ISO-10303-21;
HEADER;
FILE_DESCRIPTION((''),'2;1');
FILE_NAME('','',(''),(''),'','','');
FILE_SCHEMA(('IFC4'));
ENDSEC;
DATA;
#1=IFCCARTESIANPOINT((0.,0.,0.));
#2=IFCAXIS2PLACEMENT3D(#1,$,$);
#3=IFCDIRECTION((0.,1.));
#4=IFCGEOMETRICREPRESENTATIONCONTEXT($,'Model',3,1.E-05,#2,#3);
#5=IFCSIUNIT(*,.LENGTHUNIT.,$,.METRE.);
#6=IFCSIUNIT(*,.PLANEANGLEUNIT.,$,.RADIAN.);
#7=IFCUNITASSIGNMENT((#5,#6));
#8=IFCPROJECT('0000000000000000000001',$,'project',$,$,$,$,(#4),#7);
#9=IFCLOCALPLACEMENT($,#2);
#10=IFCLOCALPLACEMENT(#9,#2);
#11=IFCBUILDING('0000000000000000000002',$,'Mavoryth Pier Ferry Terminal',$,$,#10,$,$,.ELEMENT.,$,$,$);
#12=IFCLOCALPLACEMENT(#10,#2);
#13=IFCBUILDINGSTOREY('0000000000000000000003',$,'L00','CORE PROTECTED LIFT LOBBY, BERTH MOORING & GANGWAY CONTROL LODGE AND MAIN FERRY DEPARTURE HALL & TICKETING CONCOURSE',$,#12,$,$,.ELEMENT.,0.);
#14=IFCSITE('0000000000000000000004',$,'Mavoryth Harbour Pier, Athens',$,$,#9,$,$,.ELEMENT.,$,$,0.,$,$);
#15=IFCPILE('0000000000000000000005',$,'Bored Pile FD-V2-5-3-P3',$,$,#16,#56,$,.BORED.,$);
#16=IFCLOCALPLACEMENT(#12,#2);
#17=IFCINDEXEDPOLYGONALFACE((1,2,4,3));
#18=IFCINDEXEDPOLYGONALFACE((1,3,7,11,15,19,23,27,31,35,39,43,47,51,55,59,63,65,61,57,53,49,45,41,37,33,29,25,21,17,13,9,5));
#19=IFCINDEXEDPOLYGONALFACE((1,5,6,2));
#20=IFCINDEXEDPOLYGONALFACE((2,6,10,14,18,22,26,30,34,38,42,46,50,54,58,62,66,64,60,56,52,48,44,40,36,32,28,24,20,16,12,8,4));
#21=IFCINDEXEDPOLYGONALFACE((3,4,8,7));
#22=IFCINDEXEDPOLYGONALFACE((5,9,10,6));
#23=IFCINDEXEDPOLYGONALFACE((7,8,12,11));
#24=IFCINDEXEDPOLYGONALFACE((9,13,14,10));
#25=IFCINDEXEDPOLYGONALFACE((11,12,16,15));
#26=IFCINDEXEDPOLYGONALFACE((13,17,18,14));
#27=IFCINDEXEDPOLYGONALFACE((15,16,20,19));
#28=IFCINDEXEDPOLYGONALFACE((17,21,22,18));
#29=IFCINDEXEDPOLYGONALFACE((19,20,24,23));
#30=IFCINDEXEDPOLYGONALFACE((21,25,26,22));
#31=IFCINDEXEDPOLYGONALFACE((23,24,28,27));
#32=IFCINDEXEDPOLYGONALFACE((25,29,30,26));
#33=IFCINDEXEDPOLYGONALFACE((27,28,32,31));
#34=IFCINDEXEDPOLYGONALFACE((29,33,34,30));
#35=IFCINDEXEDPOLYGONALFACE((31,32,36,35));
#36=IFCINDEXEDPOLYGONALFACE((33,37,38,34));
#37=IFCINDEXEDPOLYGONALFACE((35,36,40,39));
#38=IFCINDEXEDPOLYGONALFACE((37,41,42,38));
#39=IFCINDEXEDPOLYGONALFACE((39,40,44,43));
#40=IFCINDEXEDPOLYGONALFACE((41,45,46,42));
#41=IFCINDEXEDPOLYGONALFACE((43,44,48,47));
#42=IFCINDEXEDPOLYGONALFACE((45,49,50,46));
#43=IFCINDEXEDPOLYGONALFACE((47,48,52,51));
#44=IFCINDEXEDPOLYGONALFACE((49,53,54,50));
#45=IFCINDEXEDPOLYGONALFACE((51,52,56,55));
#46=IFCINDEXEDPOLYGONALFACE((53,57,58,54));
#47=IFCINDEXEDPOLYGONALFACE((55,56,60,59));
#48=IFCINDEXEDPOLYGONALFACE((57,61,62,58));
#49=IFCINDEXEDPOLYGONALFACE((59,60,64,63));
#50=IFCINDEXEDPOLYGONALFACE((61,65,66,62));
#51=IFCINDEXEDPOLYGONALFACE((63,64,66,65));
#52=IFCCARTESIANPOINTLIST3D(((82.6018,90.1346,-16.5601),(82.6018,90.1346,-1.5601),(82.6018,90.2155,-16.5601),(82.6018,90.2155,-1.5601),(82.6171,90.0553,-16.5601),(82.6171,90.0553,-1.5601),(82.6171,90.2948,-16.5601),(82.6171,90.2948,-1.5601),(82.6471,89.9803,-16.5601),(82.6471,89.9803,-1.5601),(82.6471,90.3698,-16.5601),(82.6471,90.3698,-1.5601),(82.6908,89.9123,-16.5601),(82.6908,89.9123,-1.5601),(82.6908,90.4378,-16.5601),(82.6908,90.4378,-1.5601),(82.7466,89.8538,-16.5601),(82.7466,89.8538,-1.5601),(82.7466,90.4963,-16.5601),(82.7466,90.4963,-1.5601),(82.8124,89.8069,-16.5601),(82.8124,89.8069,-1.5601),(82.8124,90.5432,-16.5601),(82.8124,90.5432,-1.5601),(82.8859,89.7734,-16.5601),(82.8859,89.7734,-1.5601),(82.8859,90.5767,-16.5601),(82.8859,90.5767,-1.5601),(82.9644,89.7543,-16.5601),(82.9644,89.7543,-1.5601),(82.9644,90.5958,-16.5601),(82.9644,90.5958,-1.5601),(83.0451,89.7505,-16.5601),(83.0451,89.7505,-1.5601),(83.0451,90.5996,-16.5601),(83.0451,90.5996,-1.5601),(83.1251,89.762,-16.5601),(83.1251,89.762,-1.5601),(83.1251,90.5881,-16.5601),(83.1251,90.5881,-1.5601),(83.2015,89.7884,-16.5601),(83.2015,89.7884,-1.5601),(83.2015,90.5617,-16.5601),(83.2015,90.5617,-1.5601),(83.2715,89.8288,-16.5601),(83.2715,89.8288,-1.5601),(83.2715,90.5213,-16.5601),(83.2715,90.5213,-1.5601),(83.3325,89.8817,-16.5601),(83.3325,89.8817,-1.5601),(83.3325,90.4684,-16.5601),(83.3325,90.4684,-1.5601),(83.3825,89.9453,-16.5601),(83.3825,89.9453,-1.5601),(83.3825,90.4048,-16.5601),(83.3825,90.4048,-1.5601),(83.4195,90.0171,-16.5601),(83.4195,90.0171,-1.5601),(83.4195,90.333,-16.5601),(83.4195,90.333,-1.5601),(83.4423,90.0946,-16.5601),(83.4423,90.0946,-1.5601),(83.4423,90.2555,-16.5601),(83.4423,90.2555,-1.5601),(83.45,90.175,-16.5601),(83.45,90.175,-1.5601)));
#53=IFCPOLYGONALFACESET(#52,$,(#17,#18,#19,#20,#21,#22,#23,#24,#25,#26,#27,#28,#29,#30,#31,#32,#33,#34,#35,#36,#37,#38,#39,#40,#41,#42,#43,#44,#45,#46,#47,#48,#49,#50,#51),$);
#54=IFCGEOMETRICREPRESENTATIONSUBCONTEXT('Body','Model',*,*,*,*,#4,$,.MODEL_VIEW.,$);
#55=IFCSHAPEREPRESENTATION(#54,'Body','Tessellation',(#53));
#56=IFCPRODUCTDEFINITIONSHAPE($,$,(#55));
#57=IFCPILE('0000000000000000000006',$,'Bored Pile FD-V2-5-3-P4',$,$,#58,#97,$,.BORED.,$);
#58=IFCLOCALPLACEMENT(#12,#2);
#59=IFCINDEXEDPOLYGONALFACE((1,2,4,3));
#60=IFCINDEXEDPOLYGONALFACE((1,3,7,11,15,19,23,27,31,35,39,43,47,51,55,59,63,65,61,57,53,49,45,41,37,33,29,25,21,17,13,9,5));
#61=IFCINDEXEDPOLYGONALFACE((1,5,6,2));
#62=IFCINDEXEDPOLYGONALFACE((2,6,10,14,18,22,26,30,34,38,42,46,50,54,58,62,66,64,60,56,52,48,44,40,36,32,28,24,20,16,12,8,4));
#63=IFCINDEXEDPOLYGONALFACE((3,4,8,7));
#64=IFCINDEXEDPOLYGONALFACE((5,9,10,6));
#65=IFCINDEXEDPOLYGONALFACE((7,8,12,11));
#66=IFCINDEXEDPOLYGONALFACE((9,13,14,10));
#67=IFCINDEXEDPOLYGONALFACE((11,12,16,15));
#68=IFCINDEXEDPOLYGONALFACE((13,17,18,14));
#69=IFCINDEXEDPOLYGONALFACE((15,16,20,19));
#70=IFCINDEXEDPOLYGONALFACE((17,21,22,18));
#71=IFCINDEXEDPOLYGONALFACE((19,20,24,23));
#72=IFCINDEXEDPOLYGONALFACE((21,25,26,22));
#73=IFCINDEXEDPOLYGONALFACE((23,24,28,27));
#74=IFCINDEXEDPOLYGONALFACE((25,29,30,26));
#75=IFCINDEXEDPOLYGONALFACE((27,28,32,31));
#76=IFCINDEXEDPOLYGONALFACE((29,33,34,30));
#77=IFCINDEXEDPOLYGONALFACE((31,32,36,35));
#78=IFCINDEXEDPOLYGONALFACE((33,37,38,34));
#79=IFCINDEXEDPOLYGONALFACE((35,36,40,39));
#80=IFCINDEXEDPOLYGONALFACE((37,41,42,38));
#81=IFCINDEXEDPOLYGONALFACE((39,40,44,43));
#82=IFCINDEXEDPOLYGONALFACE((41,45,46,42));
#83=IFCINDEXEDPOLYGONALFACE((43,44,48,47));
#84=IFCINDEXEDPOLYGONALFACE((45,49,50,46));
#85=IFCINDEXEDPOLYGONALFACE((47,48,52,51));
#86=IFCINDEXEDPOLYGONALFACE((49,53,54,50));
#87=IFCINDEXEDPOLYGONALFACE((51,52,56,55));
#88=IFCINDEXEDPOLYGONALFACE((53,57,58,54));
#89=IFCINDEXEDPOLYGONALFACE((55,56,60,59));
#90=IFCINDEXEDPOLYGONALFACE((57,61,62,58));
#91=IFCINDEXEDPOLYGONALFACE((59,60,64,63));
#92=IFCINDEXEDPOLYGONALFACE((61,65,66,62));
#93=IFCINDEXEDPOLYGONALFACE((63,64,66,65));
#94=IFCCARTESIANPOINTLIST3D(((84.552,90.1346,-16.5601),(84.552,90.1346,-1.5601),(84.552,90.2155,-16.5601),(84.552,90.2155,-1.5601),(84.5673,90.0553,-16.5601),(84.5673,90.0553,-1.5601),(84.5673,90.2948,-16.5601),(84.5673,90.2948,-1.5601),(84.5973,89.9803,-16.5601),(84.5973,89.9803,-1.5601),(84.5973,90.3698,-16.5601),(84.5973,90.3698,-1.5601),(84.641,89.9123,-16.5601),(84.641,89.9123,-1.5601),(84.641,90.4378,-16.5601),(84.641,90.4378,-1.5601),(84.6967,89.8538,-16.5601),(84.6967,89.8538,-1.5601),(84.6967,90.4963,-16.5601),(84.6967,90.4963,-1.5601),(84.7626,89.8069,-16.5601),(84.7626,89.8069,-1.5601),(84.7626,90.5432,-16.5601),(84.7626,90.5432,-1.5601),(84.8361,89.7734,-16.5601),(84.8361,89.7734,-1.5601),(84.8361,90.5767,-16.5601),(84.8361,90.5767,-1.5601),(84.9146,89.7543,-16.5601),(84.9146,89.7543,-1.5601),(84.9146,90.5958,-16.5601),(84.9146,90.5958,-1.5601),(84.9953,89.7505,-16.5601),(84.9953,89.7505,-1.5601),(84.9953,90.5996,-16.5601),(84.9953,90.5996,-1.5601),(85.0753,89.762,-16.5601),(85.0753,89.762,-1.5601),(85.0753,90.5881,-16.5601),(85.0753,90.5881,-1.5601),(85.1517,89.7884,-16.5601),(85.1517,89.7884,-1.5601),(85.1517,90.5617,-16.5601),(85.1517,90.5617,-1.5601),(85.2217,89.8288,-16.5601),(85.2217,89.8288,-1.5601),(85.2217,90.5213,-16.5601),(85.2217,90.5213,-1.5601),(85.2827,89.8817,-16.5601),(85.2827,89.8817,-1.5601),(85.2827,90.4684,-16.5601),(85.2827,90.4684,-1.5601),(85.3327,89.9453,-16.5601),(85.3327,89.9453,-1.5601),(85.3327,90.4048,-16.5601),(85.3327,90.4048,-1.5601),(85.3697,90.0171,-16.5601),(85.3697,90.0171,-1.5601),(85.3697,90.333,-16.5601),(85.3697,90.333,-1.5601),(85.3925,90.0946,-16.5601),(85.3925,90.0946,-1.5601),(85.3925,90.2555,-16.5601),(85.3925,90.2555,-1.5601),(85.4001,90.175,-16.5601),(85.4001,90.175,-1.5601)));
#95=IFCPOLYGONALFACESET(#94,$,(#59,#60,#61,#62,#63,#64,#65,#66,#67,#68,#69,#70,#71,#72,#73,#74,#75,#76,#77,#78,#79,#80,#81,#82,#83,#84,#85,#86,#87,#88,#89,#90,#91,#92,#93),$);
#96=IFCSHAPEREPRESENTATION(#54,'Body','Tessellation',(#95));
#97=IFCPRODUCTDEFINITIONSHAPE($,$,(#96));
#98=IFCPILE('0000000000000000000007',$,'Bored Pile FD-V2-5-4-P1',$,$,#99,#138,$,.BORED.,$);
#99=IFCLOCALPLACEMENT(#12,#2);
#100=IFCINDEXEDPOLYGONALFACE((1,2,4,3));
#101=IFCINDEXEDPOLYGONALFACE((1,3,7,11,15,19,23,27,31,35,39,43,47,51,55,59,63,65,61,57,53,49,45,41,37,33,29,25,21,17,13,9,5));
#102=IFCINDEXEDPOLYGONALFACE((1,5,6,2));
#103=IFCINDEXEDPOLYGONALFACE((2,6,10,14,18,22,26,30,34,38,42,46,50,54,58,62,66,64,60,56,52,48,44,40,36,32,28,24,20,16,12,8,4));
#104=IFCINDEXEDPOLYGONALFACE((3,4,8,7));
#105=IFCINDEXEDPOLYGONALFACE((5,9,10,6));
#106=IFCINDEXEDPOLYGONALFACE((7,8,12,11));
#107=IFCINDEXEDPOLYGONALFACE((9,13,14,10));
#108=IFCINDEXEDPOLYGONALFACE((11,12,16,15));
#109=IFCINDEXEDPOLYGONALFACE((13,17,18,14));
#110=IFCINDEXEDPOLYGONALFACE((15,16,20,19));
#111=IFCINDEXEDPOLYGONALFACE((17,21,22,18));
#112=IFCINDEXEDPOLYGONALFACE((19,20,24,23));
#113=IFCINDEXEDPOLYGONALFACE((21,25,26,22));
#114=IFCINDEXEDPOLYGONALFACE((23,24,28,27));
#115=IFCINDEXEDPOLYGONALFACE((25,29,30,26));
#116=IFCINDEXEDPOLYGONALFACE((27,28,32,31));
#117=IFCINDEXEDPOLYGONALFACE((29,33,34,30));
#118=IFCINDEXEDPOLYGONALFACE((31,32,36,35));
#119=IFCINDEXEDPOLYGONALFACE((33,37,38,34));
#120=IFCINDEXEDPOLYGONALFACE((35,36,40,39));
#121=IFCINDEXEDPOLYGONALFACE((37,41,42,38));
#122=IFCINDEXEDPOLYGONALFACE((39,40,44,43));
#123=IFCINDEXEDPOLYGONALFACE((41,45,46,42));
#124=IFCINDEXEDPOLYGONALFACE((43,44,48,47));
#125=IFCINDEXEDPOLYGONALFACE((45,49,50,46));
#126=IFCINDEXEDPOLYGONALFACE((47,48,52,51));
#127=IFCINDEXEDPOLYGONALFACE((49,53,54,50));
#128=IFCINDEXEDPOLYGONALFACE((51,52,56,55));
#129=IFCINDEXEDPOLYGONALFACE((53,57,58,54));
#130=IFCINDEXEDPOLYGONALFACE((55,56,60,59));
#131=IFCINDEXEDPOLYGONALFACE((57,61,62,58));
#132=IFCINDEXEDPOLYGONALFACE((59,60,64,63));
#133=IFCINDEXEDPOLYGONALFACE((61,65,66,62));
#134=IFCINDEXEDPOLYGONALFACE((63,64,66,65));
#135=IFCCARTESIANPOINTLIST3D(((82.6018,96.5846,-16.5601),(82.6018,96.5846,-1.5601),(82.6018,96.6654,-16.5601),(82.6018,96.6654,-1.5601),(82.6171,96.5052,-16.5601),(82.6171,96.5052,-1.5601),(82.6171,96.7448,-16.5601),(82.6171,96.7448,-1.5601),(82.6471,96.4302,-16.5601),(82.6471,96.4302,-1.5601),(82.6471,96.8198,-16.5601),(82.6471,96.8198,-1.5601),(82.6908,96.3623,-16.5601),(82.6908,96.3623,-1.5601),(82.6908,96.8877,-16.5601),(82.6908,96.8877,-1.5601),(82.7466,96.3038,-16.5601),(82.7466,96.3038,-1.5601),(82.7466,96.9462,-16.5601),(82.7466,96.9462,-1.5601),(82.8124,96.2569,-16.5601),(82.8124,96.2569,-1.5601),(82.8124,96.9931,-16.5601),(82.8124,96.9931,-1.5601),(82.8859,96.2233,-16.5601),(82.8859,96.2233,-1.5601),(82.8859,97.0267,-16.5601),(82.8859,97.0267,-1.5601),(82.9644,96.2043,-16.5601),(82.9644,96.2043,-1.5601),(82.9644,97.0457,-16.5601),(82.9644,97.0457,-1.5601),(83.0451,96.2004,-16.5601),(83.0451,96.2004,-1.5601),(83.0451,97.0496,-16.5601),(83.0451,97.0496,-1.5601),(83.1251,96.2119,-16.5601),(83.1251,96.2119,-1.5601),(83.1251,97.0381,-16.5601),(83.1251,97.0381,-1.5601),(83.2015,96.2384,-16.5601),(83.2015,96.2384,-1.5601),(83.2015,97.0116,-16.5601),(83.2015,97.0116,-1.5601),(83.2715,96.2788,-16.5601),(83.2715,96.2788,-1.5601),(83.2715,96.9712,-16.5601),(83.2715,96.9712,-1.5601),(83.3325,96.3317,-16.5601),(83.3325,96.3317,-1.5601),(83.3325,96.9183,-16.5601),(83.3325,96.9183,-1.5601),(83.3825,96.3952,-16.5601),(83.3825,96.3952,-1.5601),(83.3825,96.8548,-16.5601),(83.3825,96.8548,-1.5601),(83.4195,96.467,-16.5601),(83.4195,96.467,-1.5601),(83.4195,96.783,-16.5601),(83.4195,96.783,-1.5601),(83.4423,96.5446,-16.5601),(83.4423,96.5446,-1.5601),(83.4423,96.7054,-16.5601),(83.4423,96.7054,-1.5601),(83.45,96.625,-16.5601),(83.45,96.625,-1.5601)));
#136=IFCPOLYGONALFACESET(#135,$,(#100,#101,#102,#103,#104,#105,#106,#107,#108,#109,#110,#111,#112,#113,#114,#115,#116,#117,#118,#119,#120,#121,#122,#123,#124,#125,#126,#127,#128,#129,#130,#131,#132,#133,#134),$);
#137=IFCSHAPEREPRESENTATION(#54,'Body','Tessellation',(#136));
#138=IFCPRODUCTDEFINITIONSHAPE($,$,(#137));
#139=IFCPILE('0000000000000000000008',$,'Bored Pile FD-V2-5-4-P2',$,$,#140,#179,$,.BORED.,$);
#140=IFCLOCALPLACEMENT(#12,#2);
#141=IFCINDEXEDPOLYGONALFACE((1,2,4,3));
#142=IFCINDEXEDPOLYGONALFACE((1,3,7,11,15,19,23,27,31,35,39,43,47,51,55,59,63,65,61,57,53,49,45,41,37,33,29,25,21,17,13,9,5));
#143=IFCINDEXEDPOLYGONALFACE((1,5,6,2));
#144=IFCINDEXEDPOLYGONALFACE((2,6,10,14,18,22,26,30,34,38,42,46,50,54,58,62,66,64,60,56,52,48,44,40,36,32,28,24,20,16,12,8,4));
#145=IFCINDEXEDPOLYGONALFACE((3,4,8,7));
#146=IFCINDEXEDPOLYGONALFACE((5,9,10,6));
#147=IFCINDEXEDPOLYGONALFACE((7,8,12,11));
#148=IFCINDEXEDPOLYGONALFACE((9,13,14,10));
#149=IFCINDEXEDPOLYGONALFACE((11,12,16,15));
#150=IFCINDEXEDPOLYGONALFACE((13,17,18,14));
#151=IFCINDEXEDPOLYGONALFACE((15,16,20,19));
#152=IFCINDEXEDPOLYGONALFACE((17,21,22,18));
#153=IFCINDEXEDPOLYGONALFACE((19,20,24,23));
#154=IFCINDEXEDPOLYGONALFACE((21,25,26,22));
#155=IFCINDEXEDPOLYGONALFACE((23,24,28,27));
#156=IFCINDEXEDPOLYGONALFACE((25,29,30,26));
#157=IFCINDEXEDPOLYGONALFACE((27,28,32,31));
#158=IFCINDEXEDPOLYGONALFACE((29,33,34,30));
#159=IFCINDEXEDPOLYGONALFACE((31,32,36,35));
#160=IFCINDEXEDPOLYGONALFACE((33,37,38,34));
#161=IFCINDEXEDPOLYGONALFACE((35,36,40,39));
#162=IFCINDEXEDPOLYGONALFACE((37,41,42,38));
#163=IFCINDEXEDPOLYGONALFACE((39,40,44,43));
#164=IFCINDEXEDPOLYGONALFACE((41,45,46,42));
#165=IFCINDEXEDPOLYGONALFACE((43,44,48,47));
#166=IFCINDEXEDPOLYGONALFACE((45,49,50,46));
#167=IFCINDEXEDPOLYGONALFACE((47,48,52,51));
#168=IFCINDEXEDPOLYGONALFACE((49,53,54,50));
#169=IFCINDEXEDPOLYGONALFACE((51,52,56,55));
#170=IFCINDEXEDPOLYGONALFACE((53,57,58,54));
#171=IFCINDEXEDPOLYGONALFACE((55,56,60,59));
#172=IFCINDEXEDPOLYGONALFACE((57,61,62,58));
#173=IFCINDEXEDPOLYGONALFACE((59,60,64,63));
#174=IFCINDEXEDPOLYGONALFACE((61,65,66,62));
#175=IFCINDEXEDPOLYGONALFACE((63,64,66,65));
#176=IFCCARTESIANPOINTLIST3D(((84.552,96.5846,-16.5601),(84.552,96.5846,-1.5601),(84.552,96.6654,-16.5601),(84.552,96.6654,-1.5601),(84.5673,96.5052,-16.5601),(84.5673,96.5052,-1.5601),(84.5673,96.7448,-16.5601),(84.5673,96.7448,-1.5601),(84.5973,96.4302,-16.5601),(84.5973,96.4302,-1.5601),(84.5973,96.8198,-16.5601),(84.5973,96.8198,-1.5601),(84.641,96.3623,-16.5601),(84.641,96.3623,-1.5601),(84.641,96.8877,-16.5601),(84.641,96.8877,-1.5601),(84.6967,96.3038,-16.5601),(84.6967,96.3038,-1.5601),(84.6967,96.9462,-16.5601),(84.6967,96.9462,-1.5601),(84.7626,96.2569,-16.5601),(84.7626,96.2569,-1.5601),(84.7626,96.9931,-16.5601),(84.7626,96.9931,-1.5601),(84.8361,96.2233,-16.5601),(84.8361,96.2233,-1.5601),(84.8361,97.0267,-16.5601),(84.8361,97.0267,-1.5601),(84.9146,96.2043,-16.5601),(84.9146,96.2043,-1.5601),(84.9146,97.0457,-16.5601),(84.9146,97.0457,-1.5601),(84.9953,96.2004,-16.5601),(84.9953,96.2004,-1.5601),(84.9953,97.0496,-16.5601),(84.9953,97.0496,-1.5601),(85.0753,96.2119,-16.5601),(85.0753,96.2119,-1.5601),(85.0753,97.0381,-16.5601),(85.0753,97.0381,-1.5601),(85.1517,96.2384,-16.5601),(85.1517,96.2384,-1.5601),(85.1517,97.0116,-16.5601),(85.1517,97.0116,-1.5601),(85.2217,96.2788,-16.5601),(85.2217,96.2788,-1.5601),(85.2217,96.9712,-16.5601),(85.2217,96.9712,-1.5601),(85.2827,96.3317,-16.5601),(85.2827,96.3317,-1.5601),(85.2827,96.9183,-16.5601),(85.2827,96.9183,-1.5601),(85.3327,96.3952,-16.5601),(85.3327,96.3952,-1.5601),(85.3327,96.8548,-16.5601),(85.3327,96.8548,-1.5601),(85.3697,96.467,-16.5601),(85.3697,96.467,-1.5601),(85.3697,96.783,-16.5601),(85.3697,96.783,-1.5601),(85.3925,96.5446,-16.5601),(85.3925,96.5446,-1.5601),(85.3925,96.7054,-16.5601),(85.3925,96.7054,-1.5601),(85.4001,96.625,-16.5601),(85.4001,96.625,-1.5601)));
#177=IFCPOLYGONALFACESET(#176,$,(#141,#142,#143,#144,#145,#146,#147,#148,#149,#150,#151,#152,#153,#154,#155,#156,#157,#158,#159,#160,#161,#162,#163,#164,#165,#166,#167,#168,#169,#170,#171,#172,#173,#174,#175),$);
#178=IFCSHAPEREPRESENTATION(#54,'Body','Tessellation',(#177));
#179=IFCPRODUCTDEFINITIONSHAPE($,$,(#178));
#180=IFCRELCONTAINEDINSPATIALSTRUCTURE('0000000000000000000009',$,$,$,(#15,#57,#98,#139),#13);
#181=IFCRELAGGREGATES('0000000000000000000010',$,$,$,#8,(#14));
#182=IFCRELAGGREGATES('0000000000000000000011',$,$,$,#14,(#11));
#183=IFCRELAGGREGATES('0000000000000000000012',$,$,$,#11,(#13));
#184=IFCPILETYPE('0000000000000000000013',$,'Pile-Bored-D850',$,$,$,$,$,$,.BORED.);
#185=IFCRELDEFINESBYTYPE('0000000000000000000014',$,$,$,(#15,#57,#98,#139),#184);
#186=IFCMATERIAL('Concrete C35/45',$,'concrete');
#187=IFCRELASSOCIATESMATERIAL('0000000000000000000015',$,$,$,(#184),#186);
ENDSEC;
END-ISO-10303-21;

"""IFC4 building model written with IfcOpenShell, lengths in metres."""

from ifc_helpers import new_model, si_unit, direction, frame, origin, origin_2d, place, context, subcontext, project, spatial, circle, extrude, material, material_profile, profile_set, type_object, element, save


model = new_model("IFC4")

# Units and contexts
model_context = context("Model", 3, precision=1e-05, world=origin(), true_north=direction((0.0, 1.0)))
body_context = subcontext(model_context, "Body", "Model", "MODEL_VIEW")
ifc_project = project(units=[si_unit("LENGTHUNIT", "METRE"), si_unit("PLANEANGLEUNIT", "RADIAN")], contexts=[model_context])

# Site, building, storey
site_placement = place(None, origin())
site = spatial("IfcSite", under=ifc_project, at=site_placement, Name="Mavoryth Harbour Pier, Athens", CompositionType="ELEMENT", RefElevation=0.0)
building_placement = place(site_placement, origin())
building = spatial("IfcBuilding", under=site, at=building_placement, Name="Mavoryth Pier Ferry Terminal", CompositionType="ELEMENT")
storey_placement = place(building_placement, origin())
storey = spatial("IfcBuildingStorey", under=building, at=storey_placement, Name="L00", Description="CORE PROTECTED LIFT LOBBY, BERTH MOORING & GANGWAY CONTROL LODGE AND MAIN FERRY DEPARTURE HALL & TICKETING CONCOURSE", CompositionType="ELEMENT", Elevation=0.0)

# Shared definitions
ifc_material_1 = material(Name="Concrete C35/45", Category="concrete")

# Piles
ifc_material_profile_1 = material_profile(ifc_material_1, circle(Radius=0.425, at=origin_2d()), Name="PILE D850", Category="concrete")
ifc_profile_set_1 = profile_set([ifc_material_profile_1], Name="Concrete C35/45 - PILE D850")
pile_type = type_object("IfcPileType", Name="Pile-Bored-D850", PredefinedType="BORED", material=ifc_profile_set_1)
for number, where, z_axis, x_axis, name in (
    (1, (83.0249, 90.175, -1.5601), (0.0, 0.0, -1.0), (1.0, 0.0, 0.0), "Bored Pile FD-V2-5-3-P3"),
    (2, (84.9751, 90.175, -1.5601), (0.0, 0.0, -1.0), (1.0, 0.0, 0.0), "Bored Pile FD-V2-5-3-P4"),
    (3, (83.0249, 96.625, -1.5601), (0.0, 0.0, -1.0), (1.0, 0.0, 0.0), "Bored Pile FD-V2-5-4-P1"),
    (4, (84.9751, 96.625, -1.5601), (0.0, 0.0, -1.0), (1.0, 0.0, 0.0), "Bored Pile FD-V2-5-4-P2"),
):
    element("IfcPile", number, at=place(storey_placement, frame(where, z_axis=z_axis, x_axis=x_axis)), inside=storey, type_object=pile_type, Name=name, PredefinedType="BORED", context=body_context, shape_type="SweptSolid", body=[
        extrude(circle(Radius=0.425, at=origin_2d()), origin(), (0.0, 0.0, 1.0), 15.0),
    ])

save(model, "model.ifc")
